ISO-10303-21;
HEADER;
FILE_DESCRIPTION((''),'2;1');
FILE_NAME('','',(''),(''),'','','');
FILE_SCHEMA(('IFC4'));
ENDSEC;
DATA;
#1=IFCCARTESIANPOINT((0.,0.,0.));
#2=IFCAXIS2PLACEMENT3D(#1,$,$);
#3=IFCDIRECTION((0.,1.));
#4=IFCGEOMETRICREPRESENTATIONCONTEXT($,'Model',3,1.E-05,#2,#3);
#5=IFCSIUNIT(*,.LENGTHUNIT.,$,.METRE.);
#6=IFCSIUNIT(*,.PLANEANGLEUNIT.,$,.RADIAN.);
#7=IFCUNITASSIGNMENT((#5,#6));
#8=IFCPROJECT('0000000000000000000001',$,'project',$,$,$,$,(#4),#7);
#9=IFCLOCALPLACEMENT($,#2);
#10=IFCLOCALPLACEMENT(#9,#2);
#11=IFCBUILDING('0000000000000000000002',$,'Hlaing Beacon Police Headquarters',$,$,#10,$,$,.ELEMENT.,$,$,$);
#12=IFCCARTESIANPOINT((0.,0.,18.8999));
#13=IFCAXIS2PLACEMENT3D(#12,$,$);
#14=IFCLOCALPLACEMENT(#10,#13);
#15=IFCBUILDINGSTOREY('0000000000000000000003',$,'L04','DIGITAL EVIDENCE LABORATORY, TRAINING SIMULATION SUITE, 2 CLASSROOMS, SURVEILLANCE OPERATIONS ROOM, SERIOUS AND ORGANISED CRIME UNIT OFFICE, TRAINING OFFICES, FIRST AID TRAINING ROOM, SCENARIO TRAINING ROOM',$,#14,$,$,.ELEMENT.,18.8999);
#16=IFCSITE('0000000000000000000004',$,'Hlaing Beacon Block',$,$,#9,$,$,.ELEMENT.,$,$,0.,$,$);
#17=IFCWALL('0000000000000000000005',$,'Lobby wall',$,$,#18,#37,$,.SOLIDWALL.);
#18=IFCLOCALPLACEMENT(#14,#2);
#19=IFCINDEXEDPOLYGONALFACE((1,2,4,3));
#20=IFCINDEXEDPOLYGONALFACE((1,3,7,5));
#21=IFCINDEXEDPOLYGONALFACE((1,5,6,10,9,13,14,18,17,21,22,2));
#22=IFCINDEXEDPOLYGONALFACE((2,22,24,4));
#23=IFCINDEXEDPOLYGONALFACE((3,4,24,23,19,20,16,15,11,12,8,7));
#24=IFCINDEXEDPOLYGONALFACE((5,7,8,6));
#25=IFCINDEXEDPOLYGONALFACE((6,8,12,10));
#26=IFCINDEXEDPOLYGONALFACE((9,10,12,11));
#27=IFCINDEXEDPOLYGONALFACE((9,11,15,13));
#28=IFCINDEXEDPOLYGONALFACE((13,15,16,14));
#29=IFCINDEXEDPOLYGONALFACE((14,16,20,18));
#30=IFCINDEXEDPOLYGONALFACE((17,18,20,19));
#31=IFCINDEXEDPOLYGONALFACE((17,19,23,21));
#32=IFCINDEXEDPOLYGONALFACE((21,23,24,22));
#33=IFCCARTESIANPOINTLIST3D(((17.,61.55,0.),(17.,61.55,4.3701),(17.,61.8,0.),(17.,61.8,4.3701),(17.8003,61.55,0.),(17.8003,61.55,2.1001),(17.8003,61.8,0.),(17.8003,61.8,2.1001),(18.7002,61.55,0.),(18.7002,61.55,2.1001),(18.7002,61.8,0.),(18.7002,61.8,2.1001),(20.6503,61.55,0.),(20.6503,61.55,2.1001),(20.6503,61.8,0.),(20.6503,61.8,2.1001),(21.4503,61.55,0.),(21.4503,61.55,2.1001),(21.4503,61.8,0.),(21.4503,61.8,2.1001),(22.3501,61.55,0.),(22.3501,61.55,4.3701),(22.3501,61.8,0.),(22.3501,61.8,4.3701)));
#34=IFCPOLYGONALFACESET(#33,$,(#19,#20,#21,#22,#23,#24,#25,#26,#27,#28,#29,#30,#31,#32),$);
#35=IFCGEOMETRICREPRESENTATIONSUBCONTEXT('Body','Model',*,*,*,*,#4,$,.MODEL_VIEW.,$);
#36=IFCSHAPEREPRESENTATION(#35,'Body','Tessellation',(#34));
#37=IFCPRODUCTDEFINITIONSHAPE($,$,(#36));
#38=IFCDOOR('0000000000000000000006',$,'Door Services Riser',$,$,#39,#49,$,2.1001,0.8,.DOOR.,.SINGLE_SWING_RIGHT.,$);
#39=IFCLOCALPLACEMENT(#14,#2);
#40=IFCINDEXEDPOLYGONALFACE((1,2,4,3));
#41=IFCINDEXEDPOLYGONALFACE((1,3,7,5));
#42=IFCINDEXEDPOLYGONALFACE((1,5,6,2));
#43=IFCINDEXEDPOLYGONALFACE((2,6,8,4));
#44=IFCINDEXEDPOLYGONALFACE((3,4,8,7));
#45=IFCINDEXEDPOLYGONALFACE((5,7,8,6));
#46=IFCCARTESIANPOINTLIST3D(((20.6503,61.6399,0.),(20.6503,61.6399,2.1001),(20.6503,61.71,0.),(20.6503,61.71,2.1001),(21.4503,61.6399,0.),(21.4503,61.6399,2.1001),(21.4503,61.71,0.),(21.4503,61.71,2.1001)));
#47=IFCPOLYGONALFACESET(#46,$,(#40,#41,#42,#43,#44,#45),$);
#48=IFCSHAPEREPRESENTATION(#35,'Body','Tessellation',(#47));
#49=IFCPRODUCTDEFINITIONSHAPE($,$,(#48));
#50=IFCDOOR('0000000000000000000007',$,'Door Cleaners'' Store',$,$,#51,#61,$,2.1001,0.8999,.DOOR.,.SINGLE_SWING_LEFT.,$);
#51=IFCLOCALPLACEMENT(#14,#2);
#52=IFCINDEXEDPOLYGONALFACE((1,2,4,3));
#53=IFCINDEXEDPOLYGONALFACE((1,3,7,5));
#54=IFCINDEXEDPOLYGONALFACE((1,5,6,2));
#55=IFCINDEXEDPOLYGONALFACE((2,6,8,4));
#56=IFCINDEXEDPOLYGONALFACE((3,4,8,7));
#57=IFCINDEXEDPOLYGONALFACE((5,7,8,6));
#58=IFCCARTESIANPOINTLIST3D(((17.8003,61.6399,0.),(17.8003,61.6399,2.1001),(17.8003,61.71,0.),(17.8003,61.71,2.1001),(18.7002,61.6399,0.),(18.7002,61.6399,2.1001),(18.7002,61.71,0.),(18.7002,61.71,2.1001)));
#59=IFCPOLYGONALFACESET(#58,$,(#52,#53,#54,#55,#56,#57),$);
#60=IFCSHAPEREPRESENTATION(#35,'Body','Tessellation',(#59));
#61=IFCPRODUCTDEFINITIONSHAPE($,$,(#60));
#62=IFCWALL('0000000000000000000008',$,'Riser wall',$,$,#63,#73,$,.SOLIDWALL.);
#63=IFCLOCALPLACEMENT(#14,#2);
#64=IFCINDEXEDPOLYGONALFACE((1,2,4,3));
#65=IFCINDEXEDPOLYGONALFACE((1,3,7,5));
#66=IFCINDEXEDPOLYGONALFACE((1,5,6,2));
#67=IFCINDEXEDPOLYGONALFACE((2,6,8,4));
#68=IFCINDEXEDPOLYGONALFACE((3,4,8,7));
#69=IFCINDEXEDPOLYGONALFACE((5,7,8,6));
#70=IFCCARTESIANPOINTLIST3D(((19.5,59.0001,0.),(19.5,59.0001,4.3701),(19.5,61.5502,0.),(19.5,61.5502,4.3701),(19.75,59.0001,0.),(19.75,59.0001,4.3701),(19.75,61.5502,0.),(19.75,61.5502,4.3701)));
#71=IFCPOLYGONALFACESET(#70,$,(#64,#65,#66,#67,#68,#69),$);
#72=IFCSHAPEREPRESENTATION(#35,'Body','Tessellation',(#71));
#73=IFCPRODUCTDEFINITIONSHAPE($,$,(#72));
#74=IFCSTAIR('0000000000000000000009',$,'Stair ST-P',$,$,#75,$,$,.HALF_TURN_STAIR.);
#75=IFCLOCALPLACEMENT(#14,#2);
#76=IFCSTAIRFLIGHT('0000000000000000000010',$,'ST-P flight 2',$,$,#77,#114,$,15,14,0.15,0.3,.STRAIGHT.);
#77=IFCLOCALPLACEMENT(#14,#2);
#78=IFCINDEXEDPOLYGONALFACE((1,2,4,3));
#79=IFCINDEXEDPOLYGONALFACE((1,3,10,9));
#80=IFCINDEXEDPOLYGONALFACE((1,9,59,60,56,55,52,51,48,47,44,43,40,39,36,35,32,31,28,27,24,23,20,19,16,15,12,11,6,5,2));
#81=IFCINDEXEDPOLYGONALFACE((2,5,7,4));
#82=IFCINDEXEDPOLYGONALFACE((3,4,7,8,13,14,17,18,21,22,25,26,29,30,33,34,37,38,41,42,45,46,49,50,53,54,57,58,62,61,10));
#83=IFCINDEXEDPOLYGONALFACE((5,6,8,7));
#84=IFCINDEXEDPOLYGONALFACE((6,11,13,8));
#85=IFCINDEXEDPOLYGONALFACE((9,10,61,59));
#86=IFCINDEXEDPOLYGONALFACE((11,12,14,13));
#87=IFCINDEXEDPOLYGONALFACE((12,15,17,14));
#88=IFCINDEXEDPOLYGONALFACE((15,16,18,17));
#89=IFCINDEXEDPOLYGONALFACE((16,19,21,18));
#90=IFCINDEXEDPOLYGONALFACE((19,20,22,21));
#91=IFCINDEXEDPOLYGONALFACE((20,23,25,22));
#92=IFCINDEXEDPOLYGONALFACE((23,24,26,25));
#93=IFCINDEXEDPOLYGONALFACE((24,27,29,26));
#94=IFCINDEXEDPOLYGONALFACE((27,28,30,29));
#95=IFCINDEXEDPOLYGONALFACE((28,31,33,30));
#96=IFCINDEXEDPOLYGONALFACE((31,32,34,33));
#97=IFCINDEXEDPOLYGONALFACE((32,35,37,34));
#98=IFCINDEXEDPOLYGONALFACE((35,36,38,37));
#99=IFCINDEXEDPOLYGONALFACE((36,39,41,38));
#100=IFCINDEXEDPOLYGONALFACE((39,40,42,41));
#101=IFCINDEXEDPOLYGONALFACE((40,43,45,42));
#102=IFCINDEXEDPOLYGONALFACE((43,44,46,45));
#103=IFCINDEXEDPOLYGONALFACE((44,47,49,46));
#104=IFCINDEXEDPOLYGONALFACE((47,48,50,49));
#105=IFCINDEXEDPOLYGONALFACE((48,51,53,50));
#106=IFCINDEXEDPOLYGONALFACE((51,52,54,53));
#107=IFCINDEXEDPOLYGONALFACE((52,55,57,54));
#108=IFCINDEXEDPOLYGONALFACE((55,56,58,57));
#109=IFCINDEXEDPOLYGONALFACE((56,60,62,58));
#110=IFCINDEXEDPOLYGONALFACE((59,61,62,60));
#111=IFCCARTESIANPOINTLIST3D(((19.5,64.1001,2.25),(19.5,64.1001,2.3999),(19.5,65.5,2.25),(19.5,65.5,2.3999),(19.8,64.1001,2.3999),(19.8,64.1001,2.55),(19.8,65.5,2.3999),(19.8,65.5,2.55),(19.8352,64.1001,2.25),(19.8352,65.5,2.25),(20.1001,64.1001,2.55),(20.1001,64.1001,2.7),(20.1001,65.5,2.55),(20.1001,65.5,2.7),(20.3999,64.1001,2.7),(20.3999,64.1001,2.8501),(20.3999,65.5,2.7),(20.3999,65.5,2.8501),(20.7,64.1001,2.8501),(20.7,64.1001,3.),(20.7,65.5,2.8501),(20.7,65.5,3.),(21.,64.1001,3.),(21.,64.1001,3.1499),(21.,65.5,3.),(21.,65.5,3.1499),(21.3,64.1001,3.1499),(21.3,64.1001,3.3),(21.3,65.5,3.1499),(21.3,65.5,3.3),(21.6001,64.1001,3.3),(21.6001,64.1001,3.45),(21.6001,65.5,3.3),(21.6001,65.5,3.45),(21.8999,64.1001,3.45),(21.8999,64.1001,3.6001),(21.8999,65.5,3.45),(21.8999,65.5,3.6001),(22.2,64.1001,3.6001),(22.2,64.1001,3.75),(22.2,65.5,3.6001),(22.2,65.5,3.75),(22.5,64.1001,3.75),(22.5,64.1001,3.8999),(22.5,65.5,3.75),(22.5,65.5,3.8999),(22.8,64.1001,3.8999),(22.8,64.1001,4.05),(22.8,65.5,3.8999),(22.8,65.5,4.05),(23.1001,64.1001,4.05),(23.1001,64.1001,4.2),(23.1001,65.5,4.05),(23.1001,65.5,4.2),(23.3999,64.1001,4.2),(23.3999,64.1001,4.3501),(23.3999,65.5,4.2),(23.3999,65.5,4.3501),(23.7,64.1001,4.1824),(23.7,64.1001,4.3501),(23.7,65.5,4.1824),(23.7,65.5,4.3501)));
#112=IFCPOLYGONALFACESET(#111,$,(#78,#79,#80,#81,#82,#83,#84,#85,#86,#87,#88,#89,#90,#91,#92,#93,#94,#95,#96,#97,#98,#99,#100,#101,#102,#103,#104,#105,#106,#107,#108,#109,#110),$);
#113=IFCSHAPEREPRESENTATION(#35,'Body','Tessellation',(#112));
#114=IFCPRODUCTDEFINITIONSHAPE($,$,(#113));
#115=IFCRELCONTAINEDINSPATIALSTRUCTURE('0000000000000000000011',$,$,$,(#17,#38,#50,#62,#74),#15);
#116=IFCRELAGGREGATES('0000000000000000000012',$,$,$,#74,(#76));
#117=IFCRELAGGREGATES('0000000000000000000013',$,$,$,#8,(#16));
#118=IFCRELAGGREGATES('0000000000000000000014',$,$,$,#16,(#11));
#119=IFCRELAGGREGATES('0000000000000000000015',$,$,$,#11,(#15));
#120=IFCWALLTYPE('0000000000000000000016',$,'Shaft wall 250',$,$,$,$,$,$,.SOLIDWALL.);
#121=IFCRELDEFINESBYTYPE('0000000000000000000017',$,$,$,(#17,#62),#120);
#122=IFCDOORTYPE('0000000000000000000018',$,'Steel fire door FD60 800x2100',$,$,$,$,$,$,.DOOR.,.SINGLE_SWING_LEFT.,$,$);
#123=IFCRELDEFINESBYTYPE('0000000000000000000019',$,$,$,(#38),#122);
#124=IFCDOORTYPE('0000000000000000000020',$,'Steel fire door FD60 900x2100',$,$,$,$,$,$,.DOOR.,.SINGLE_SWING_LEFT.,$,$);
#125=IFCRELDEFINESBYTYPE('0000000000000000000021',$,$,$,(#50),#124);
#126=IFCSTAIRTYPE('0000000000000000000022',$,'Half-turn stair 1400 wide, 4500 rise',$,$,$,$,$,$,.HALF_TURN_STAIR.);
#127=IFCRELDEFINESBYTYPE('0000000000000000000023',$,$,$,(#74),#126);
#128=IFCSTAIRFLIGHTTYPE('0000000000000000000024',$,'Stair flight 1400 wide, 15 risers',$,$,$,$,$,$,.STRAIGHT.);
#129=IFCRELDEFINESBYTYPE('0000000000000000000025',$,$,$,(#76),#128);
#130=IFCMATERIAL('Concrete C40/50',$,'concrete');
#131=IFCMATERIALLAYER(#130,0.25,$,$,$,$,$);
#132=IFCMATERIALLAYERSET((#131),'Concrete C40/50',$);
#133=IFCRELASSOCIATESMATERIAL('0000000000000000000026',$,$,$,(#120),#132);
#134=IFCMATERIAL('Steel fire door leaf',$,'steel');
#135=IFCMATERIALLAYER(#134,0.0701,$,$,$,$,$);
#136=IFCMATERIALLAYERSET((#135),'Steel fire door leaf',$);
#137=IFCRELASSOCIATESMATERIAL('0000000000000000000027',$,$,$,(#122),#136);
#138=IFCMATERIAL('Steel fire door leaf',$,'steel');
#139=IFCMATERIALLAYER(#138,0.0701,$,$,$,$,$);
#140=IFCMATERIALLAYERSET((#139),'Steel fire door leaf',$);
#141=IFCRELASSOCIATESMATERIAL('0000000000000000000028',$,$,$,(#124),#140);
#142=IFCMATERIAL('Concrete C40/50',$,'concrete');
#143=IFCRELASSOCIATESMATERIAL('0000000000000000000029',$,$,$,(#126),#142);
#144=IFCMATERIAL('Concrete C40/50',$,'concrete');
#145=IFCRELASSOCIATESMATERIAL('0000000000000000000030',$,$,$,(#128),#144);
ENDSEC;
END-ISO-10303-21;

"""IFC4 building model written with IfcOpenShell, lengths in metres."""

from ifc_helpers import new_model, si_unit, direction, frame, frame_2d, origin, place, context, subcontext, project, spatial, polyline, rectangle, outline, extrude, material, layer, layer_set, type_object, element, fill, aggregate, save


model = new_model("IFC4")

# Units and contexts
model_context = context("Model", 3, precision=1e-05, world=origin(), true_north=direction((0.0, 1.0)))
body_context = subcontext(model_context, "Body", "Model", "MODEL_VIEW")
ifc_project = project(units=[si_unit("LENGTHUNIT", "METRE"), si_unit("PLANEANGLEUNIT", "RADIAN")], contexts=[model_context])

# Site, building, storey
site_placement = place(None, origin())
site = spatial("IfcSite", under=ifc_project, at=site_placement, Name="Hlaing Beacon Block", CompositionType="ELEMENT", RefElevation=0.0)
building_placement = place(site_placement, origin())
building = spatial("IfcBuilding", under=site, at=building_placement, Name="Hlaing Beacon Police Headquarters", CompositionType="ELEMENT")
storey_placement = place(building_placement, frame((0.0, 0.0, 18.8999)))
storey = spatial("IfcBuildingStorey", under=building, at=storey_placement, Name="L04", Description="DIGITAL EVIDENCE LABORATORY, TRAINING SIMULATION SUITE, 2 CLASSROOMS, SURVEILLANCE OPERATIONS ROOM, SERIOUS AND ORGANISED CRIME UNIT OFFICE, TRAINING OFFICES, FIRST AID TRAINING ROOM, SCENARIO TRAINING ROOM", CompositionType="ELEMENT", Elevation=18.8999)

# Shared definitions
ifc_material_1 = material(Name="Concrete C40/50", Category="concrete")
ifc_layer_1 = layer(ifc_material_1, 0.25)
ifc_layer_set_1 = layer_set([ifc_layer_1], Name="Concrete C40/50")
wall_type_1 = type_object("IfcWallType", Name="Shaft wall 250", PredefinedType="SOLIDWALL", material=ifc_layer_set_1)

# Wall, openings, doors
wall_1_placement = place(storey_placement, frame((22.3501, 61.675, 0.0), z_axis=(0.0, 0.0, 1.0), x_axis=(-1.0, 0.0, 0.0)))
wall_1 = element("IfcWall", 1, at=wall_1_placement, inside=storey, type_object=wall_type_1, Name="Lobby wall", PredefinedType="SOLIDWALL", context=body_context, shape_type="SweptSolid", body=[
    extrude(rectangle(XDim=5.3501, YDim=0.25, at=frame_2d((2.675, 0.0))), origin(), (0.0, 0.0, 1.0), 4.3701),
])
opening_1_placement = place(wall_1_placement, frame((3.6499, 0.0, 0.0)))
opening_1 = element("IfcOpeningElement", 2, at=opening_1_placement, cuts=wall_1, PredefinedType="OPENING", context=body_context, shape_type="SweptSolid", body=[
    extrude(rectangle(XDim=0.8999, YDim=2.1001, at=frame_2d((0.45, 1.05))), frame((0.0, 0.135, 0.0), z_axis=(0.0, -1.0, 0.0), x_axis=(1.0, 0.0, 0.0)), (0.0, 0.0, 1.0), 0.27),
])
opening_2_placement = place(wall_1_placement, frame((0.8999, 0.0, 0.0)))
opening_2 = element("IfcOpeningElement", 3, at=opening_2_placement, cuts=wall_1, PredefinedType="OPENING", context=body_context, shape_type="SweptSolid", body=[
    extrude(rectangle(XDim=0.8, YDim=2.1001, at=frame_2d((0.3999, 1.05))), frame((0.0, 0.135, 0.0), z_axis=(0.0, -1.0, 0.0), x_axis=(1.0, 0.0, 0.0)), (0.0, 0.0, 1.0), 0.27),
])
ifc_material_2 = material(Name="Steel fire door leaf", Category="steel")
ifc_layer_2 = layer(ifc_material_2, 0.0701)
ifc_layer_set_2 = layer_set([ifc_layer_2], Name="Steel fire door leaf")
door_type_1 = type_object("IfcDoorType", Name="Steel fire door FD60 800x2100", OperationType="SINGLE_SWING_LEFT", PredefinedType="DOOR", material=ifc_layer_set_2)
door_1_placement = place(opening_2_placement, origin())
door_1 = element("IfcDoor", 4, at=door_1_placement, inside=storey, type_object=door_type_1, Name="Door Services Riser", OperationType="SINGLE_SWING_RIGHT", OverallHeight=2.1001, OverallWidth=0.8, PredefinedType="DOOR", context=body_context, shape_type="SweptSolid", body=[
    extrude(rectangle(XDim=0.8, YDim=2.1001, at=frame_2d((0.3999, 1.05))), frame((0.0, 0.0352, 0.0), z_axis=(0.0, -1.0, 0.0), x_axis=(1.0, 0.0, 0.0)), (0.0, 0.0, 1.0), 0.0701),
])
fill(opening_2, door_1)
ifc_material_3 = material(Name="Steel fire door leaf", Category="steel")
ifc_layer_3 = layer(ifc_material_3, 0.0701)
ifc_layer_set_3 = layer_set([ifc_layer_3], Name="Steel fire door leaf")
door_type_2 = type_object("IfcDoorType", Name="Steel fire door FD60 900x2100", OperationType="SINGLE_SWING_LEFT", PredefinedType="DOOR", material=ifc_layer_set_3)
door_2_placement = place(opening_1_placement, origin())
door_2 = element("IfcDoor", 5, at=door_2_placement, inside=storey, type_object=door_type_2, Name="Door Cleaners' Store", OperationType="SINGLE_SWING_LEFT", OverallHeight=2.1001, OverallWidth=0.8999, PredefinedType="DOOR", context=body_context, shape_type="SweptSolid", body=[
    extrude(rectangle(XDim=0.8999, YDim=2.1001, at=frame_2d((0.45, 1.05))), frame((0.0, 0.0352, 0.0), z_axis=(0.0, -1.0, 0.0), x_axis=(1.0, 0.0, 0.0)), (0.0, 0.0, 1.0), 0.0701),
])
fill(opening_1, door_2)

# Wall
wall_2_placement = place(storey_placement, frame((19.625, 61.55, 0.0), z_axis=(0.0, 0.0, 1.0), x_axis=(0.0, -1.0, 0.0)))
element("IfcWall", 6, at=wall_2_placement, inside=storey, type_object=wall_type_1, Name="Riser wall", PredefinedType="SOLIDWALL", context=body_context, shape_type="SweptSolid", body=[
    extrude(rectangle(XDim=2.55, YDim=0.25, at=frame_2d((1.2749, 0.0))), origin(), (0.0, 0.0, 1.0), 4.3701),
])

# Stair, stair flight
ifc_material_4 = material(Name="Concrete C40/50", Category="concrete")
stair_type = type_object("IfcStairType", Name="Half-turn stair 1400 wide, 4500 rise", PredefinedType="HALF_TURN_STAIR", material=ifc_material_4)
stair_placement = place(storey_placement, origin())
stair = element("IfcStair", 7, at=stair_placement, inside=storey, type_object=stair_type, Name="Stair ST-P", PredefinedType="HALF_TURN_STAIR")
ifc_material_5 = material(Name="Concrete C40/50", Category="concrete")
stair_flight_type = type_object("IfcStairFlightType", Name="Stair flight 1400 wide, 15 risers", PredefinedType="STRAIGHT", material=ifc_material_5)
stair_flight_placement = place(storey_placement, frame((19.5, 64.8, 2.25), z_axis=(0.0, 0.0, 1.0), x_axis=(1.0, 0.0, 0.0)))
stair_flight = element("IfcStairFlight", 8, at=stair_flight_placement, type_object=stair_flight_type, Name="ST-P flight 2", NumberOfRisers=15, NumberOfTreads=14, PredefinedType="STRAIGHT", RiserHeight=0.15, TreadLength=0.3, context=body_context, shape_type="SweptSolid", body=[
    extrude(outline(polyline([(0.0, 0.0), (0.0, 0.1499), (0.3, 0.1499), (0.3, 0.3), (0.6001, 0.3), (0.6001, 0.45), (0.8999, 0.45), (0.8999, 0.6001), (1.2, 0.6001), (1.2, 0.75), (1.5, 0.75), (1.5, 0.8999), (1.8, 0.8999), (1.8, 1.05), (2.1001, 1.05), (2.1001, 1.2), (2.3999, 1.2), (2.3999, 1.3501), (2.7, 1.3501), (2.7, 1.5), (3.0, 1.5), (3.0, 1.6499), (3.3, 1.6499), (3.3, 1.8), (3.6001, 1.8), (3.6001, 1.95), (3.8999, 1.95), (3.8999, 2.1001), (4.2, 2.1001), (4.2, 2.25), (4.2, 1.9324), (0.3352, 0.0), (0.0, 0.0)])), frame((0.0, 0.7, 0.0), z_axis=(0.0, -1.0, 0.0), x_axis=(1.0, 0.0, 0.0)), (0.0, 0.0, 1.0), 1.3999),
])
aggregate(stair, [stair_flight])

save(model, "model.ifc")
